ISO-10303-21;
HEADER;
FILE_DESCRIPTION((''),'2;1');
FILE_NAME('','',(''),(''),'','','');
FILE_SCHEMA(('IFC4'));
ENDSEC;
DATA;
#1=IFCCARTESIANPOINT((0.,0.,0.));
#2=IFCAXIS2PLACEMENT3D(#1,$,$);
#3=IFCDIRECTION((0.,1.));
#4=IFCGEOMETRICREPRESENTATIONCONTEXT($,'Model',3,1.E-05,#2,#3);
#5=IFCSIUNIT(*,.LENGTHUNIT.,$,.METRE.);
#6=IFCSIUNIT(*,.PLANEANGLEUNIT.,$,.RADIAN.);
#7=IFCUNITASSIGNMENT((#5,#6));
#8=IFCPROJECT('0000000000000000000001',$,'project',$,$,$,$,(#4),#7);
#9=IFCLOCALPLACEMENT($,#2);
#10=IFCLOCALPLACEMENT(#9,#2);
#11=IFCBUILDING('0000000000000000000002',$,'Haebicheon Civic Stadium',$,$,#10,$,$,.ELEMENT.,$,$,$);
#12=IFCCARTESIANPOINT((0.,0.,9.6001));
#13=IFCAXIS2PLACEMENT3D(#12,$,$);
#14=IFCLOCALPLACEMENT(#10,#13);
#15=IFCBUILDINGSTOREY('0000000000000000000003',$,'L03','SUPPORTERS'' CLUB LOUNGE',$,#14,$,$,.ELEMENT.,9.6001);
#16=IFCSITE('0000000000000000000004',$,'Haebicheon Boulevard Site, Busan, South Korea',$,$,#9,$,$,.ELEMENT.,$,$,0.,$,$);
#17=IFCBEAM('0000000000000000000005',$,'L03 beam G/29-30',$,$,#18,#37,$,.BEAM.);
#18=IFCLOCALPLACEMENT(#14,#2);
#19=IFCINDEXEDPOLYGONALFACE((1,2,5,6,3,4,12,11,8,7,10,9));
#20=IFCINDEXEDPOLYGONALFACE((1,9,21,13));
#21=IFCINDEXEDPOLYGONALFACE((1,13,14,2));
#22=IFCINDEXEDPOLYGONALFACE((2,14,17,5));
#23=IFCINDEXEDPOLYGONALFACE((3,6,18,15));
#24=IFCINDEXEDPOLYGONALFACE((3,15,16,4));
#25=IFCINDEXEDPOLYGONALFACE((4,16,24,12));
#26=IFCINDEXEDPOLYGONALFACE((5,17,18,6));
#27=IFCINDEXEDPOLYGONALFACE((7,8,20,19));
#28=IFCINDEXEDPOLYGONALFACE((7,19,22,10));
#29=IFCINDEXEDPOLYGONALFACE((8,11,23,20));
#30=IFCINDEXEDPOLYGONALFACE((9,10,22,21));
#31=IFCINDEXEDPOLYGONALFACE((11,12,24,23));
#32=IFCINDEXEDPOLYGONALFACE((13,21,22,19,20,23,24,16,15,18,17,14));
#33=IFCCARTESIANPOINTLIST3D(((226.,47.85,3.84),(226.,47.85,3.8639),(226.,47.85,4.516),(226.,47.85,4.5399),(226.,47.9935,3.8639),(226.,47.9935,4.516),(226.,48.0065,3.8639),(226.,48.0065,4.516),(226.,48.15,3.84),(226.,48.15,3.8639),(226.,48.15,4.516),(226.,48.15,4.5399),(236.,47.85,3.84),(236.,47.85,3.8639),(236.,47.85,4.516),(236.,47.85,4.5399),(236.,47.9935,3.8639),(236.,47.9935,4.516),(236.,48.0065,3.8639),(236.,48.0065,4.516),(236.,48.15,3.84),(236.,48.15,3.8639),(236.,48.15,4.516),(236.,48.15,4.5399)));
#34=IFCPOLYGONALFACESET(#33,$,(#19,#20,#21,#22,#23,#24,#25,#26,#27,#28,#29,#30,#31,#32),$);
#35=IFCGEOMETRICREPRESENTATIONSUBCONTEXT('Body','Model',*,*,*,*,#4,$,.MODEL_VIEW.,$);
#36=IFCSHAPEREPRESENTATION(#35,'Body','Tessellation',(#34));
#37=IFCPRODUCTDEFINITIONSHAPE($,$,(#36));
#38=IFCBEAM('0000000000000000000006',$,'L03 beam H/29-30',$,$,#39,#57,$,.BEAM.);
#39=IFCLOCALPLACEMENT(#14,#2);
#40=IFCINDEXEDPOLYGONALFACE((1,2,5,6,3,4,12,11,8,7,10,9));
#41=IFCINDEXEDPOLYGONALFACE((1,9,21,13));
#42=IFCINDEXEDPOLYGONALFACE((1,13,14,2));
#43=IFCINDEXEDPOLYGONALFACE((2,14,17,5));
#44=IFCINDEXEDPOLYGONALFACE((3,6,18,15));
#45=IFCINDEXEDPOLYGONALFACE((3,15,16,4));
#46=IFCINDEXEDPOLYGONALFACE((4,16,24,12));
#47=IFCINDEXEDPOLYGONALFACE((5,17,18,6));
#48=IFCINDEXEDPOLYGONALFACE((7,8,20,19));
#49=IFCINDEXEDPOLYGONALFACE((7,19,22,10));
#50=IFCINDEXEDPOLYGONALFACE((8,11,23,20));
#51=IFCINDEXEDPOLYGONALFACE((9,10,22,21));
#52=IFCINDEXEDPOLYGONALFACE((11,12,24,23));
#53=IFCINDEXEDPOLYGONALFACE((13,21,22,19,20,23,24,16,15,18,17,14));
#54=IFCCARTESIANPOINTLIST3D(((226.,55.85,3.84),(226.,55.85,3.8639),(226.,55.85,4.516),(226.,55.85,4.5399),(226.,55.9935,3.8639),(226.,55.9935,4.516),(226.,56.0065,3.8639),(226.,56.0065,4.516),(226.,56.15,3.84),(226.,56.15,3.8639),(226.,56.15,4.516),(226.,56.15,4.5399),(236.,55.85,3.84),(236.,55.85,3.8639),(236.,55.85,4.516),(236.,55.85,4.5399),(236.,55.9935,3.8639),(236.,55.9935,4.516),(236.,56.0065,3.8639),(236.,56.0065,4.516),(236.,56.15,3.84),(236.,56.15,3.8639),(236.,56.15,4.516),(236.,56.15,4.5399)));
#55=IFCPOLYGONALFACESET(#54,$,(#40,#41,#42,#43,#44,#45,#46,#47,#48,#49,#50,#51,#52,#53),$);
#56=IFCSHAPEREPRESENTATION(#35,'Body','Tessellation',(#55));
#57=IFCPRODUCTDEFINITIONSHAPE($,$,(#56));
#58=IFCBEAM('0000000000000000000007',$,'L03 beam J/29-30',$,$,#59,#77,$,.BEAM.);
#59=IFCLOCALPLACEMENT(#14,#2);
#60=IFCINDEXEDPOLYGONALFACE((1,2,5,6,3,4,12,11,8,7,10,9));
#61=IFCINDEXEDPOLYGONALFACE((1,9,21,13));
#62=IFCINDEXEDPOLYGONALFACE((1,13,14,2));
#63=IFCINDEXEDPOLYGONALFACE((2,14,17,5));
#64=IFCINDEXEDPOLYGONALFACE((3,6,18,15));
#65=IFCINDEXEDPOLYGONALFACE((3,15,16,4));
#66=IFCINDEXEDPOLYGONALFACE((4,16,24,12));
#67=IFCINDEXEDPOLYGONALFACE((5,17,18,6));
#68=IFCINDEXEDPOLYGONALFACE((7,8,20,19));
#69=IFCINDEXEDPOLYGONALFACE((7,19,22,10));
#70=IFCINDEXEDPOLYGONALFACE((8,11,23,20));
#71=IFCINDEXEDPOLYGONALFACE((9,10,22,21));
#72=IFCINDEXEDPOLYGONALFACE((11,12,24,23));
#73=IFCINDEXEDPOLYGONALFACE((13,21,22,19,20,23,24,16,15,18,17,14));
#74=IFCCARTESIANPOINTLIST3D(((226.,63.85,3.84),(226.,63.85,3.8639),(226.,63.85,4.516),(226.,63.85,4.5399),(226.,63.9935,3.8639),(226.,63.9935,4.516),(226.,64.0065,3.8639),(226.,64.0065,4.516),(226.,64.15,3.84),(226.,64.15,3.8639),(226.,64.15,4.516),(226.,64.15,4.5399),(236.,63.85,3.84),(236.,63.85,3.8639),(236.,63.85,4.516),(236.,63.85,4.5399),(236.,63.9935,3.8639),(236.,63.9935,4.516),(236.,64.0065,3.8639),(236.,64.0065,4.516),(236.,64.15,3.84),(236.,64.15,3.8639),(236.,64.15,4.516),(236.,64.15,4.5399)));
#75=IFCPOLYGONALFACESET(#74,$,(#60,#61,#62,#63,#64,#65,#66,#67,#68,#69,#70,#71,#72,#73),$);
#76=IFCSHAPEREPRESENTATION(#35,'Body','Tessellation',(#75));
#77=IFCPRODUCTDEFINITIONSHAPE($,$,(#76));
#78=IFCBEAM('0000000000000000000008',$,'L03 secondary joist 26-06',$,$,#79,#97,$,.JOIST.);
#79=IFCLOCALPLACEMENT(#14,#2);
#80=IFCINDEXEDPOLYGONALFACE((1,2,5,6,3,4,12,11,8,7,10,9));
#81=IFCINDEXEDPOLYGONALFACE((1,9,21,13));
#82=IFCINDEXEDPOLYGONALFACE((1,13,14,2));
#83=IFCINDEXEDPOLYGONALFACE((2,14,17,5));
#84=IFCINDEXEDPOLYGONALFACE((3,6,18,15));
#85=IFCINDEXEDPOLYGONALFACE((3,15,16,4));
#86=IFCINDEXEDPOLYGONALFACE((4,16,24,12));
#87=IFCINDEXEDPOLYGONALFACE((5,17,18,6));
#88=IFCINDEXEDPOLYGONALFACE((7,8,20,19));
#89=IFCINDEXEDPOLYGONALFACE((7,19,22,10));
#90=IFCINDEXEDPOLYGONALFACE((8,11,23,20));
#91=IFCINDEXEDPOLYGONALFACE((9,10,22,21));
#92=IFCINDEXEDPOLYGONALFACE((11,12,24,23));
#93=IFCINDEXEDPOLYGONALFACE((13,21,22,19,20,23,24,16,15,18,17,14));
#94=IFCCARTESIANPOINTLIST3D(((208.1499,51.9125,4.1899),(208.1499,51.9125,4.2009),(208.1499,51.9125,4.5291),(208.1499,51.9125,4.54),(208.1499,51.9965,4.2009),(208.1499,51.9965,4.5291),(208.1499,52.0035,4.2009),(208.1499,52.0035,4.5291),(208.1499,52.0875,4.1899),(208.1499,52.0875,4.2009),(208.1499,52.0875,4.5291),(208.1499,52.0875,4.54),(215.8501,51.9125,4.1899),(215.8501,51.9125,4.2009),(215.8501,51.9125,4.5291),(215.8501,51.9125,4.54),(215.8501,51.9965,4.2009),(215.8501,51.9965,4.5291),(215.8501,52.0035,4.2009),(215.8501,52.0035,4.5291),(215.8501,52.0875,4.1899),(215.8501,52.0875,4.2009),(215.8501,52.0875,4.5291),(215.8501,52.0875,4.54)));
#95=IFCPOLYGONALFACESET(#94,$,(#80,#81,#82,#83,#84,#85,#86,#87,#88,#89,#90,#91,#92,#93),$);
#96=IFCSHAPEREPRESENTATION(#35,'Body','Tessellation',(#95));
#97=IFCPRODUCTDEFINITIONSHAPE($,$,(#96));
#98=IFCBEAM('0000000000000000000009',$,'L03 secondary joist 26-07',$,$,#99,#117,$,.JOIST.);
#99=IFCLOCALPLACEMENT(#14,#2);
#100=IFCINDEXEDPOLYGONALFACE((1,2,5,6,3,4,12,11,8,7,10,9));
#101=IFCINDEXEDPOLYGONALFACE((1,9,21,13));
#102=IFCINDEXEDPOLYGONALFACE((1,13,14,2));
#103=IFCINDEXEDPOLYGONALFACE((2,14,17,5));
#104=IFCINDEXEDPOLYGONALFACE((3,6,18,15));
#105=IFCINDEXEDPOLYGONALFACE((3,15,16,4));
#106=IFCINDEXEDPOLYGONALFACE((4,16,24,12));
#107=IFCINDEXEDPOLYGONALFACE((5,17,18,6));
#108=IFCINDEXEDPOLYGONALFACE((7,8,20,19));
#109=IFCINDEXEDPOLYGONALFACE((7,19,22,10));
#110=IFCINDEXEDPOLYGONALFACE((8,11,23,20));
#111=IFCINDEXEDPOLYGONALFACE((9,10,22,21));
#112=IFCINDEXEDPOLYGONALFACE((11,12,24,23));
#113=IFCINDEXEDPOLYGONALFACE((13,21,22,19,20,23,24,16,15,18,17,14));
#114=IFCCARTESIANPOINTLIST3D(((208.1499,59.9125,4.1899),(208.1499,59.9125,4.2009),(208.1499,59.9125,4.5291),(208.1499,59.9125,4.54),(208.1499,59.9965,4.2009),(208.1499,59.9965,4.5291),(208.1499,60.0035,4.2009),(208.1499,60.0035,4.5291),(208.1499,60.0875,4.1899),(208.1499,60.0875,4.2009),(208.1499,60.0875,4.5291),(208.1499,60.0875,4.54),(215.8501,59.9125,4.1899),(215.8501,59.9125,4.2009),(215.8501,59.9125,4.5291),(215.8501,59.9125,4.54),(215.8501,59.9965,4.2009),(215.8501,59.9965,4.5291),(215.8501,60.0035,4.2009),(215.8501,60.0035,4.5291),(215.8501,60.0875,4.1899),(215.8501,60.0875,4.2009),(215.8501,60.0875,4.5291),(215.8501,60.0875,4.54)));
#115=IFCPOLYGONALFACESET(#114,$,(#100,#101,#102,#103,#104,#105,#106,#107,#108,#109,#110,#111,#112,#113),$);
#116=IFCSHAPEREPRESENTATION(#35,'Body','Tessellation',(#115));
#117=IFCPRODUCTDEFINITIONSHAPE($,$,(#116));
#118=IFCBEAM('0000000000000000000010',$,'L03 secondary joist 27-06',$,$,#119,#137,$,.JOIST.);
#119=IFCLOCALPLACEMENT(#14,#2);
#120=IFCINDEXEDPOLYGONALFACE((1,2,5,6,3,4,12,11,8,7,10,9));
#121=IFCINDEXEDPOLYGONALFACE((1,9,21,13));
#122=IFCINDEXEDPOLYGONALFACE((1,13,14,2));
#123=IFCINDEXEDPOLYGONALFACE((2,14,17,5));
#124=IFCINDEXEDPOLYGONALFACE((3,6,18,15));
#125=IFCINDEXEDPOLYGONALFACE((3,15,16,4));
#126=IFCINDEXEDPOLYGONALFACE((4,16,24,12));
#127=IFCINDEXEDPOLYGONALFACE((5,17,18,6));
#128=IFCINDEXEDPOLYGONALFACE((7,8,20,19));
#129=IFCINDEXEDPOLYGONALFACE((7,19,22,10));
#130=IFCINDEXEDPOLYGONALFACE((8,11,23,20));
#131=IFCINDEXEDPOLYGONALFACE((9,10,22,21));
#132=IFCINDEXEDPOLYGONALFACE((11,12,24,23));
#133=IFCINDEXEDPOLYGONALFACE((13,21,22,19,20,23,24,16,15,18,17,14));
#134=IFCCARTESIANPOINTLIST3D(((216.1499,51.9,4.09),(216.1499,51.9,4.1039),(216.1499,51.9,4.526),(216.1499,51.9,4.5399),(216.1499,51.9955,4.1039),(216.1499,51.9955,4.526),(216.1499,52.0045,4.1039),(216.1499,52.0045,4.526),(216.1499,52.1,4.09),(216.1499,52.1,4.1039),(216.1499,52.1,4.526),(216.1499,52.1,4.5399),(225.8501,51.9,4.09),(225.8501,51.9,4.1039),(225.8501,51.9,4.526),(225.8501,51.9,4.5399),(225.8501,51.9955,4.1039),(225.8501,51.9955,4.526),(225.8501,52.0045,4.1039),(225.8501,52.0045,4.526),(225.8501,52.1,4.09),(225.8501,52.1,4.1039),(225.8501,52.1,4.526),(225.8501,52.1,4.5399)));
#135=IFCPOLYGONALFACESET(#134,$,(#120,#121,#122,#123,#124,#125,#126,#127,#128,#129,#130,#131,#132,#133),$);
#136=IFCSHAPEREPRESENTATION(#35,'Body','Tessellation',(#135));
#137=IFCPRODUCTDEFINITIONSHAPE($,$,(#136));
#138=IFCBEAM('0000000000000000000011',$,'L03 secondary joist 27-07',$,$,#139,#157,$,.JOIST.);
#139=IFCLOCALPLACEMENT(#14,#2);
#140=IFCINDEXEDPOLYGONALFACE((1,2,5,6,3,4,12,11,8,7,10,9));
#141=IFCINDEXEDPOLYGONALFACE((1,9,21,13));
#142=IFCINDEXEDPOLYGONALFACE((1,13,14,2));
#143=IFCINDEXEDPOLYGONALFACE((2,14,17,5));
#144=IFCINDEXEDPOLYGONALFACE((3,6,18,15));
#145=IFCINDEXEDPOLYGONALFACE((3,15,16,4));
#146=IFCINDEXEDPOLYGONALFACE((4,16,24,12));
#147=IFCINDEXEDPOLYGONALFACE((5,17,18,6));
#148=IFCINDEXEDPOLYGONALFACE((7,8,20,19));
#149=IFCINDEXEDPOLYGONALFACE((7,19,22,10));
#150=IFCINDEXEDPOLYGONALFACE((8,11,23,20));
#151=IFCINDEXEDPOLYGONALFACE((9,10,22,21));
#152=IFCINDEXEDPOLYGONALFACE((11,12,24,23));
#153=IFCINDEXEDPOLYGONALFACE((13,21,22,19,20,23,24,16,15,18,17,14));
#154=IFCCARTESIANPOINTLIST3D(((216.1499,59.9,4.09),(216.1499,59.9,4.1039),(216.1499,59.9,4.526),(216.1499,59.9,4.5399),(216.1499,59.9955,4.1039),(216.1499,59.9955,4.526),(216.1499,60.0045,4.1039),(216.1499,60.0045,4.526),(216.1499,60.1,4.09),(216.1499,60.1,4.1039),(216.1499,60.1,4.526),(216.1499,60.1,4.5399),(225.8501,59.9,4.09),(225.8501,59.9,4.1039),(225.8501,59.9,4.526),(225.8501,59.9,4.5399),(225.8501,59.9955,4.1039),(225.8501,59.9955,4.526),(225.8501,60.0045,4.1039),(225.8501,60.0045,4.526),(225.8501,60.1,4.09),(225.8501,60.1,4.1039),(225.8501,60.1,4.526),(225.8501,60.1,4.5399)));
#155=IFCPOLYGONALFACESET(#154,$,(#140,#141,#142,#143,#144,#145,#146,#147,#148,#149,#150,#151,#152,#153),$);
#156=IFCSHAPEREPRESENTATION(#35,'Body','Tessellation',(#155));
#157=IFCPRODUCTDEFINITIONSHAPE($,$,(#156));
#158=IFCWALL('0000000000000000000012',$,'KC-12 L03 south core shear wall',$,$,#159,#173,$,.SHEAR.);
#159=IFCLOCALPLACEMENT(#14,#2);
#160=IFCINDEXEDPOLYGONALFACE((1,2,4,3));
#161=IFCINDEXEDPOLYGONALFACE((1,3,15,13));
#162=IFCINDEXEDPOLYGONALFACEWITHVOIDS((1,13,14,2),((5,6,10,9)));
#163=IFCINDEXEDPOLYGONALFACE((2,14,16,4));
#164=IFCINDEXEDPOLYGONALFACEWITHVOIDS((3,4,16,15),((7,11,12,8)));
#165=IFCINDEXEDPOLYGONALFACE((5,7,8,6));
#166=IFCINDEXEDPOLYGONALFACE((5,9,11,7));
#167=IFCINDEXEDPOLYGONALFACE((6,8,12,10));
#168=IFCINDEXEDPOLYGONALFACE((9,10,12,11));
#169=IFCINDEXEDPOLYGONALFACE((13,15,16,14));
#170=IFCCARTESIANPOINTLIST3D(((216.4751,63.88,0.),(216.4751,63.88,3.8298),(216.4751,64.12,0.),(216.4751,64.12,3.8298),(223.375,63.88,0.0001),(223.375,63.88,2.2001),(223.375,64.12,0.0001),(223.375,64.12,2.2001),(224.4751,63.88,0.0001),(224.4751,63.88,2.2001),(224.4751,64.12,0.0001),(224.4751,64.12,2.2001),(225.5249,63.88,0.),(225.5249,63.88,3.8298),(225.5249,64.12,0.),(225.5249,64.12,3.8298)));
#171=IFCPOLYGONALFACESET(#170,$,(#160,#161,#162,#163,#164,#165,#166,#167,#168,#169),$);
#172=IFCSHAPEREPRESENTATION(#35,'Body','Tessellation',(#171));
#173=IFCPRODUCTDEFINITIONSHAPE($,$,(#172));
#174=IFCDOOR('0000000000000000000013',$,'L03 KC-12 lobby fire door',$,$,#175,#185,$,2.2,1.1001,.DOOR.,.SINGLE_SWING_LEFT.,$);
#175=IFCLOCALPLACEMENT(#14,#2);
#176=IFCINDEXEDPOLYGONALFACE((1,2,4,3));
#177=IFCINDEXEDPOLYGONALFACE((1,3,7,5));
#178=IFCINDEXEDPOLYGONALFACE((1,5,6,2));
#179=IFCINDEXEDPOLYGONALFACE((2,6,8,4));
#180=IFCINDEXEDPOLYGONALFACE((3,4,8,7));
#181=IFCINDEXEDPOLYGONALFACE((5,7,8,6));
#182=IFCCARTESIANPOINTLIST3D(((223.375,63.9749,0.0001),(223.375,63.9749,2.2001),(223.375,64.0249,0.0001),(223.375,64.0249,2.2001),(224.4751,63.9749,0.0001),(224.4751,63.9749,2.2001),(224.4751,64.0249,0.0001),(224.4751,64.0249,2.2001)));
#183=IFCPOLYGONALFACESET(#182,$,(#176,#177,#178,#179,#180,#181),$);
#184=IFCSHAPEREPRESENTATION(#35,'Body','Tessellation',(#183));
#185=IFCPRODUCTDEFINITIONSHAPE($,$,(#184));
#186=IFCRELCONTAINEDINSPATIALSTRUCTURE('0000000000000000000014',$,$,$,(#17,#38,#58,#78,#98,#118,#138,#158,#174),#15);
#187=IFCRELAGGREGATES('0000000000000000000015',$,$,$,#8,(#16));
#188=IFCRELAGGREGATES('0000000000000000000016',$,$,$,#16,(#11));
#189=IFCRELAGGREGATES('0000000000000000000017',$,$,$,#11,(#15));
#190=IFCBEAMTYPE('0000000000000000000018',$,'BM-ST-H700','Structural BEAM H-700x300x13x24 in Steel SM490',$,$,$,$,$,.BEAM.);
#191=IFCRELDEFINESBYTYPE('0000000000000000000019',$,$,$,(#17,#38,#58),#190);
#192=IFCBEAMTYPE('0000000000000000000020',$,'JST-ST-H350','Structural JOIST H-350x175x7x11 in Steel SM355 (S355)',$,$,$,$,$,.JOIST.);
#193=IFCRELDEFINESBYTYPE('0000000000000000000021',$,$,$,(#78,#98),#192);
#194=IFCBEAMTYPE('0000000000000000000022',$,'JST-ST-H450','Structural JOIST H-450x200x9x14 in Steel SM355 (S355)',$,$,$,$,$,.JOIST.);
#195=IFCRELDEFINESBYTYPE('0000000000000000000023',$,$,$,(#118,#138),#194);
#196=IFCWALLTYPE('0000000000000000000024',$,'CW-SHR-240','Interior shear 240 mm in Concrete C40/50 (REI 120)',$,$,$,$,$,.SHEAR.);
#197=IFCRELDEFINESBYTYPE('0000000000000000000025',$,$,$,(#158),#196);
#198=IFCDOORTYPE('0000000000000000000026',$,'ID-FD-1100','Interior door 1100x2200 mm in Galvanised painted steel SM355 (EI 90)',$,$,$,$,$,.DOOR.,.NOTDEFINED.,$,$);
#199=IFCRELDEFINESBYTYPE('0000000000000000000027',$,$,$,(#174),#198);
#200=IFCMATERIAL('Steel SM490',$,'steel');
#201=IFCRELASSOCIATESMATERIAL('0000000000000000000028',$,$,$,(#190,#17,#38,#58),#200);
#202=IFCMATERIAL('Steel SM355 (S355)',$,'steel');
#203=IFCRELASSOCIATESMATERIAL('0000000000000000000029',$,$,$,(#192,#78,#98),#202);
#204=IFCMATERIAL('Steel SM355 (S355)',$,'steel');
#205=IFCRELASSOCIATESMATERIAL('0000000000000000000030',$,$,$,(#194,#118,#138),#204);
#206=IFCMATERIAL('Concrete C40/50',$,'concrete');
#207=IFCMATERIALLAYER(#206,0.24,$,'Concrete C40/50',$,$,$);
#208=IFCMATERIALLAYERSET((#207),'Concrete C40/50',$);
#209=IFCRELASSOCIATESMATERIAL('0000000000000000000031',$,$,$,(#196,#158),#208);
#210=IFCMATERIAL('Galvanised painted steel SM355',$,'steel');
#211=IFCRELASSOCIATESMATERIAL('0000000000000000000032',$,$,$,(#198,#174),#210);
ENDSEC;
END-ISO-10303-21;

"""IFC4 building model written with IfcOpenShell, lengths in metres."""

from ifc_helpers import new_model, si_unit, direction, frame, frame_2d, origin, origin_2d, place, context, subcontext, project, spatial, rectangle, i_section, extrude, material, layer, layer_set, material_profile, profile_set, type_object, element, fill, save


model = new_model("IFC4")

# Units and contexts
model_context = context("Model", 3, precision=1e-05, world=origin(), true_north=direction((0.0, 1.0)))
body_context = subcontext(model_context, "Body", "Model", "MODEL_VIEW")
ifc_project = project(units=[si_unit("LENGTHUNIT", "METRE"), si_unit("PLANEANGLEUNIT", "RADIAN")], contexts=[model_context])

# Site, building, storey
site_placement = place(None, origin())
site = spatial("IfcSite", under=ifc_project, at=site_placement, Name="Haebicheon Boulevard Site, Busan, South Korea", CompositionType="ELEMENT", RefElevation=0.0)
building_placement = place(site_placement, origin())
building = spatial("IfcBuilding", under=site, at=building_placement, Name="Haebicheon Civic Stadium", CompositionType="ELEMENT")
storey_placement = place(building_placement, frame((0.0, 0.0, 9.6001)))
storey = spatial("IfcBuildingStorey", under=building, at=storey_placement, Name="L03", Description="SUPPORTERS' CLUB LOUNGE", CompositionType="ELEMENT", Elevation=9.6001)

# Beams
ifc_material_1 = material(Name="Steel SM490", Category="steel")
ifc_material_profile_1 = material_profile(ifc_material_1, i_section(OverallWidth=0.3, OverallDepth=0.7, WebThickness=0.0129, FlangeThickness=0.0239, at=origin_2d()), Name="H-700x300x13x24")
ifc_profile_set_1 = profile_set([ifc_material_profile_1], Name="Steel SM490")
beam_type_1 = type_object("IfcBeamType", Name="BM-ST-H700", Description="Structural BEAM H-700x300x13x24 in Steel SM490", PredefinedType="BEAM", material=ifc_profile_set_1)
for number, where, z_axis, x_axis, name in (
    (1, (226.0, 48.0, 4.1899), (1.0, 0.0, 0.0), (0.0, 1.0, 0.0), "L03 beam G/29-30"),
    (2, (226.0, 56.0, 4.1899), (1.0, 0.0, 0.0), (0.0, 1.0, 0.0), "L03 beam H/29-30"),
    (3, (226.0, 64.0, 4.1899), (1.0, 0.0, 0.0), (0.0, 1.0, 0.0), "L03 beam J/29-30"),
):
    element("IfcBeam", number, at=place(storey_placement, frame(where, z_axis=z_axis, x_axis=x_axis)), inside=storey, type_object=beam_type_1, material=ifc_profile_set_1, Name=name, PredefinedType="BEAM", context=body_context, shape_type="SweptSolid", body=[
        extrude(i_section(OverallWidth=0.3, OverallDepth=0.7, WebThickness=0.0129, FlangeThickness=0.0239, at=origin_2d()), origin(), (0.0, 0.0, 1.0), 10.0),
    ])
ifc_material_2 = material(Name="Steel SM355 (S355)", Category="steel")
ifc_material_profile_2 = material_profile(ifc_material_2, i_section(OverallWidth=0.175, OverallDepth=0.3501, WebThickness=0.0071, FlangeThickness=0.011, at=origin_2d()), Name="H-350x175x7x11")
ifc_profile_set_2 = profile_set([ifc_material_profile_2], Name="Steel SM355 (S355)")
beam_type_2 = type_object("IfcBeamType", Name="JST-ST-H350", Description="Structural JOIST H-350x175x7x11 in Steel SM355 (S355)", PredefinedType="JOIST", material=ifc_profile_set_2)
for number, where, z_axis, x_axis, name in (
    (4, (208.1499, 52.0, 4.365), (1.0, 0.0, 0.0), (0.0, 1.0, 0.0), "L03 secondary joist 26-06"),
    (5, (208.1499, 60.0, 4.365), (1.0, 0.0, 0.0), (0.0, 1.0, 0.0), "L03 secondary joist 26-07"),
):
    element("IfcBeam", number, at=place(storey_placement, frame(where, z_axis=z_axis, x_axis=x_axis)), inside=storey, type_object=beam_type_2, material=ifc_profile_set_2, Name=name, PredefinedType="JOIST", context=body_context, shape_type="SweptSolid", body=[
        extrude(i_section(OverallWidth=0.175, OverallDepth=0.3501, WebThickness=0.0071, FlangeThickness=0.011, at=origin_2d()), origin(), (0.0, 0.0, 1.0), 7.7002),
    ])
ifc_material_3 = material(Name="Steel SM355 (S355)", Category="steel")
ifc_material_profile_3 = material_profile(ifc_material_3, i_section(OverallWidth=0.2, OverallDepth=0.45, WebThickness=0.009, FlangeThickness=0.0139, at=origin_2d()), Name="H-450x200x9x14")
ifc_profile_set_3 = profile_set([ifc_material_profile_3], Name="Steel SM355 (S355)")
beam_type_3 = type_object("IfcBeamType", Name="JST-ST-H450", Description="Structural JOIST H-450x200x9x14 in Steel SM355 (S355)", PredefinedType="JOIST", material=ifc_profile_set_3)
for number, where, z_axis, x_axis, name in (
    (6, (216.1499, 52.0, 4.3149), (1.0, 0.0, 0.0), (0.0, 1.0, 0.0), "L03 secondary joist 27-06"),
    (7, (216.1499, 60.0, 4.3149), (1.0, 0.0, 0.0), (0.0, 1.0, 0.0), "L03 secondary joist 27-07"),
):
    element("IfcBeam", number, at=place(storey_placement, frame(where, z_axis=z_axis, x_axis=x_axis)), inside=storey, type_object=beam_type_3, material=ifc_profile_set_3, Name=name, PredefinedType="JOIST", context=body_context, shape_type="SweptSolid", body=[
        extrude(i_section(OverallWidth=0.2, OverallDepth=0.45, WebThickness=0.009, FlangeThickness=0.0139, at=origin_2d()), origin(), (0.0, 0.0, 1.0), 9.7002),
    ])

# Wall, opening, door
ifc_material_4 = material(Name="Concrete C40/50", Category="concrete")
ifc_layer_1 = layer(ifc_material_4, 0.24, Name="Concrete C40/50")
ifc_layer_set_1 = layer_set([ifc_layer_1], Name="Concrete C40/50")
wall_type_1 = type_object("IfcWallType", Name="CW-SHR-240", Description="Interior shear 240 mm in Concrete C40/50 (REI 120)", PredefinedType="SHEAR", material=ifc_layer_set_1)
wall_1_placement = place(storey_placement, frame((216.4751, 64.0, 0.0), z_axis=(0.0, 0.0, 1.0), x_axis=(1.0, 0.0, 0.0)))
wall_1 = element("IfcWall", 8, at=wall_1_placement, inside=storey, type_object=wall_type_1, material=ifc_layer_set_1, Name="KC-12 L03 south core shear wall", PredefinedType="SHEAR", context=body_context, shape_type="SweptSolid", body=[
    extrude(rectangle(XDim=9.0498, YDim=0.24, at=frame_2d((4.5249, 0.0))), origin(), (0.0, 0.0, 1.0), 3.8298),
])
opening_1_placement = place(wall_1_placement, frame((6.8999, 0.0, 0.0)))
opening_1 = element("IfcOpeningElement", 9, at=opening_1_placement, cuts=wall_1, PredefinedType="OPENING", context=body_context, shape_type="SweptSolid", body=[
    extrude(rectangle(XDim=1.1001, YDim=2.2, at=frame_2d((0.55, 1.1001))), frame((0.0, 0.1299, 0.0), z_axis=(0.0, -1.0, 0.0), x_axis=(1.0, 0.0, 0.0)), (0.0, 0.0, 1.0), 0.26),
])
ifc_material_5 = material(Name="Galvanised painted steel SM355", Category="steel")
door_type_1 = type_object("IfcDoorType", Name="ID-FD-1100", Description="Interior door 1100x2200 mm in Galvanised painted steel SM355 (EI 90)", OperationType="NOTDEFINED", PredefinedType="DOOR", material=ifc_material_5)
door_1_placement = place(opening_1_placement, origin())
door_1 = element("IfcDoor", 10, at=door_1_placement, inside=storey, type_object=door_type_1, material=ifc_material_5, Name="L03 KC-12 lobby fire door", OperationType="SINGLE_SWING_LEFT", OverallHeight=2.2, OverallWidth=1.1001, PredefinedType="DOOR", context=body_context, shape_type="SweptSolid", body=[
    extrude(rectangle(XDim=1.1001, YDim=2.2, at=frame_2d((0.55, 1.1001))), frame((0.0, 0.0249, 0.0), z_axis=(0.0, -1.0, 0.0), x_axis=(1.0, 0.0, 0.0)), (0.0, 0.0, 1.0), 0.05),
])
fill(opening_1, door_1)

save(model, "model.ifc")
